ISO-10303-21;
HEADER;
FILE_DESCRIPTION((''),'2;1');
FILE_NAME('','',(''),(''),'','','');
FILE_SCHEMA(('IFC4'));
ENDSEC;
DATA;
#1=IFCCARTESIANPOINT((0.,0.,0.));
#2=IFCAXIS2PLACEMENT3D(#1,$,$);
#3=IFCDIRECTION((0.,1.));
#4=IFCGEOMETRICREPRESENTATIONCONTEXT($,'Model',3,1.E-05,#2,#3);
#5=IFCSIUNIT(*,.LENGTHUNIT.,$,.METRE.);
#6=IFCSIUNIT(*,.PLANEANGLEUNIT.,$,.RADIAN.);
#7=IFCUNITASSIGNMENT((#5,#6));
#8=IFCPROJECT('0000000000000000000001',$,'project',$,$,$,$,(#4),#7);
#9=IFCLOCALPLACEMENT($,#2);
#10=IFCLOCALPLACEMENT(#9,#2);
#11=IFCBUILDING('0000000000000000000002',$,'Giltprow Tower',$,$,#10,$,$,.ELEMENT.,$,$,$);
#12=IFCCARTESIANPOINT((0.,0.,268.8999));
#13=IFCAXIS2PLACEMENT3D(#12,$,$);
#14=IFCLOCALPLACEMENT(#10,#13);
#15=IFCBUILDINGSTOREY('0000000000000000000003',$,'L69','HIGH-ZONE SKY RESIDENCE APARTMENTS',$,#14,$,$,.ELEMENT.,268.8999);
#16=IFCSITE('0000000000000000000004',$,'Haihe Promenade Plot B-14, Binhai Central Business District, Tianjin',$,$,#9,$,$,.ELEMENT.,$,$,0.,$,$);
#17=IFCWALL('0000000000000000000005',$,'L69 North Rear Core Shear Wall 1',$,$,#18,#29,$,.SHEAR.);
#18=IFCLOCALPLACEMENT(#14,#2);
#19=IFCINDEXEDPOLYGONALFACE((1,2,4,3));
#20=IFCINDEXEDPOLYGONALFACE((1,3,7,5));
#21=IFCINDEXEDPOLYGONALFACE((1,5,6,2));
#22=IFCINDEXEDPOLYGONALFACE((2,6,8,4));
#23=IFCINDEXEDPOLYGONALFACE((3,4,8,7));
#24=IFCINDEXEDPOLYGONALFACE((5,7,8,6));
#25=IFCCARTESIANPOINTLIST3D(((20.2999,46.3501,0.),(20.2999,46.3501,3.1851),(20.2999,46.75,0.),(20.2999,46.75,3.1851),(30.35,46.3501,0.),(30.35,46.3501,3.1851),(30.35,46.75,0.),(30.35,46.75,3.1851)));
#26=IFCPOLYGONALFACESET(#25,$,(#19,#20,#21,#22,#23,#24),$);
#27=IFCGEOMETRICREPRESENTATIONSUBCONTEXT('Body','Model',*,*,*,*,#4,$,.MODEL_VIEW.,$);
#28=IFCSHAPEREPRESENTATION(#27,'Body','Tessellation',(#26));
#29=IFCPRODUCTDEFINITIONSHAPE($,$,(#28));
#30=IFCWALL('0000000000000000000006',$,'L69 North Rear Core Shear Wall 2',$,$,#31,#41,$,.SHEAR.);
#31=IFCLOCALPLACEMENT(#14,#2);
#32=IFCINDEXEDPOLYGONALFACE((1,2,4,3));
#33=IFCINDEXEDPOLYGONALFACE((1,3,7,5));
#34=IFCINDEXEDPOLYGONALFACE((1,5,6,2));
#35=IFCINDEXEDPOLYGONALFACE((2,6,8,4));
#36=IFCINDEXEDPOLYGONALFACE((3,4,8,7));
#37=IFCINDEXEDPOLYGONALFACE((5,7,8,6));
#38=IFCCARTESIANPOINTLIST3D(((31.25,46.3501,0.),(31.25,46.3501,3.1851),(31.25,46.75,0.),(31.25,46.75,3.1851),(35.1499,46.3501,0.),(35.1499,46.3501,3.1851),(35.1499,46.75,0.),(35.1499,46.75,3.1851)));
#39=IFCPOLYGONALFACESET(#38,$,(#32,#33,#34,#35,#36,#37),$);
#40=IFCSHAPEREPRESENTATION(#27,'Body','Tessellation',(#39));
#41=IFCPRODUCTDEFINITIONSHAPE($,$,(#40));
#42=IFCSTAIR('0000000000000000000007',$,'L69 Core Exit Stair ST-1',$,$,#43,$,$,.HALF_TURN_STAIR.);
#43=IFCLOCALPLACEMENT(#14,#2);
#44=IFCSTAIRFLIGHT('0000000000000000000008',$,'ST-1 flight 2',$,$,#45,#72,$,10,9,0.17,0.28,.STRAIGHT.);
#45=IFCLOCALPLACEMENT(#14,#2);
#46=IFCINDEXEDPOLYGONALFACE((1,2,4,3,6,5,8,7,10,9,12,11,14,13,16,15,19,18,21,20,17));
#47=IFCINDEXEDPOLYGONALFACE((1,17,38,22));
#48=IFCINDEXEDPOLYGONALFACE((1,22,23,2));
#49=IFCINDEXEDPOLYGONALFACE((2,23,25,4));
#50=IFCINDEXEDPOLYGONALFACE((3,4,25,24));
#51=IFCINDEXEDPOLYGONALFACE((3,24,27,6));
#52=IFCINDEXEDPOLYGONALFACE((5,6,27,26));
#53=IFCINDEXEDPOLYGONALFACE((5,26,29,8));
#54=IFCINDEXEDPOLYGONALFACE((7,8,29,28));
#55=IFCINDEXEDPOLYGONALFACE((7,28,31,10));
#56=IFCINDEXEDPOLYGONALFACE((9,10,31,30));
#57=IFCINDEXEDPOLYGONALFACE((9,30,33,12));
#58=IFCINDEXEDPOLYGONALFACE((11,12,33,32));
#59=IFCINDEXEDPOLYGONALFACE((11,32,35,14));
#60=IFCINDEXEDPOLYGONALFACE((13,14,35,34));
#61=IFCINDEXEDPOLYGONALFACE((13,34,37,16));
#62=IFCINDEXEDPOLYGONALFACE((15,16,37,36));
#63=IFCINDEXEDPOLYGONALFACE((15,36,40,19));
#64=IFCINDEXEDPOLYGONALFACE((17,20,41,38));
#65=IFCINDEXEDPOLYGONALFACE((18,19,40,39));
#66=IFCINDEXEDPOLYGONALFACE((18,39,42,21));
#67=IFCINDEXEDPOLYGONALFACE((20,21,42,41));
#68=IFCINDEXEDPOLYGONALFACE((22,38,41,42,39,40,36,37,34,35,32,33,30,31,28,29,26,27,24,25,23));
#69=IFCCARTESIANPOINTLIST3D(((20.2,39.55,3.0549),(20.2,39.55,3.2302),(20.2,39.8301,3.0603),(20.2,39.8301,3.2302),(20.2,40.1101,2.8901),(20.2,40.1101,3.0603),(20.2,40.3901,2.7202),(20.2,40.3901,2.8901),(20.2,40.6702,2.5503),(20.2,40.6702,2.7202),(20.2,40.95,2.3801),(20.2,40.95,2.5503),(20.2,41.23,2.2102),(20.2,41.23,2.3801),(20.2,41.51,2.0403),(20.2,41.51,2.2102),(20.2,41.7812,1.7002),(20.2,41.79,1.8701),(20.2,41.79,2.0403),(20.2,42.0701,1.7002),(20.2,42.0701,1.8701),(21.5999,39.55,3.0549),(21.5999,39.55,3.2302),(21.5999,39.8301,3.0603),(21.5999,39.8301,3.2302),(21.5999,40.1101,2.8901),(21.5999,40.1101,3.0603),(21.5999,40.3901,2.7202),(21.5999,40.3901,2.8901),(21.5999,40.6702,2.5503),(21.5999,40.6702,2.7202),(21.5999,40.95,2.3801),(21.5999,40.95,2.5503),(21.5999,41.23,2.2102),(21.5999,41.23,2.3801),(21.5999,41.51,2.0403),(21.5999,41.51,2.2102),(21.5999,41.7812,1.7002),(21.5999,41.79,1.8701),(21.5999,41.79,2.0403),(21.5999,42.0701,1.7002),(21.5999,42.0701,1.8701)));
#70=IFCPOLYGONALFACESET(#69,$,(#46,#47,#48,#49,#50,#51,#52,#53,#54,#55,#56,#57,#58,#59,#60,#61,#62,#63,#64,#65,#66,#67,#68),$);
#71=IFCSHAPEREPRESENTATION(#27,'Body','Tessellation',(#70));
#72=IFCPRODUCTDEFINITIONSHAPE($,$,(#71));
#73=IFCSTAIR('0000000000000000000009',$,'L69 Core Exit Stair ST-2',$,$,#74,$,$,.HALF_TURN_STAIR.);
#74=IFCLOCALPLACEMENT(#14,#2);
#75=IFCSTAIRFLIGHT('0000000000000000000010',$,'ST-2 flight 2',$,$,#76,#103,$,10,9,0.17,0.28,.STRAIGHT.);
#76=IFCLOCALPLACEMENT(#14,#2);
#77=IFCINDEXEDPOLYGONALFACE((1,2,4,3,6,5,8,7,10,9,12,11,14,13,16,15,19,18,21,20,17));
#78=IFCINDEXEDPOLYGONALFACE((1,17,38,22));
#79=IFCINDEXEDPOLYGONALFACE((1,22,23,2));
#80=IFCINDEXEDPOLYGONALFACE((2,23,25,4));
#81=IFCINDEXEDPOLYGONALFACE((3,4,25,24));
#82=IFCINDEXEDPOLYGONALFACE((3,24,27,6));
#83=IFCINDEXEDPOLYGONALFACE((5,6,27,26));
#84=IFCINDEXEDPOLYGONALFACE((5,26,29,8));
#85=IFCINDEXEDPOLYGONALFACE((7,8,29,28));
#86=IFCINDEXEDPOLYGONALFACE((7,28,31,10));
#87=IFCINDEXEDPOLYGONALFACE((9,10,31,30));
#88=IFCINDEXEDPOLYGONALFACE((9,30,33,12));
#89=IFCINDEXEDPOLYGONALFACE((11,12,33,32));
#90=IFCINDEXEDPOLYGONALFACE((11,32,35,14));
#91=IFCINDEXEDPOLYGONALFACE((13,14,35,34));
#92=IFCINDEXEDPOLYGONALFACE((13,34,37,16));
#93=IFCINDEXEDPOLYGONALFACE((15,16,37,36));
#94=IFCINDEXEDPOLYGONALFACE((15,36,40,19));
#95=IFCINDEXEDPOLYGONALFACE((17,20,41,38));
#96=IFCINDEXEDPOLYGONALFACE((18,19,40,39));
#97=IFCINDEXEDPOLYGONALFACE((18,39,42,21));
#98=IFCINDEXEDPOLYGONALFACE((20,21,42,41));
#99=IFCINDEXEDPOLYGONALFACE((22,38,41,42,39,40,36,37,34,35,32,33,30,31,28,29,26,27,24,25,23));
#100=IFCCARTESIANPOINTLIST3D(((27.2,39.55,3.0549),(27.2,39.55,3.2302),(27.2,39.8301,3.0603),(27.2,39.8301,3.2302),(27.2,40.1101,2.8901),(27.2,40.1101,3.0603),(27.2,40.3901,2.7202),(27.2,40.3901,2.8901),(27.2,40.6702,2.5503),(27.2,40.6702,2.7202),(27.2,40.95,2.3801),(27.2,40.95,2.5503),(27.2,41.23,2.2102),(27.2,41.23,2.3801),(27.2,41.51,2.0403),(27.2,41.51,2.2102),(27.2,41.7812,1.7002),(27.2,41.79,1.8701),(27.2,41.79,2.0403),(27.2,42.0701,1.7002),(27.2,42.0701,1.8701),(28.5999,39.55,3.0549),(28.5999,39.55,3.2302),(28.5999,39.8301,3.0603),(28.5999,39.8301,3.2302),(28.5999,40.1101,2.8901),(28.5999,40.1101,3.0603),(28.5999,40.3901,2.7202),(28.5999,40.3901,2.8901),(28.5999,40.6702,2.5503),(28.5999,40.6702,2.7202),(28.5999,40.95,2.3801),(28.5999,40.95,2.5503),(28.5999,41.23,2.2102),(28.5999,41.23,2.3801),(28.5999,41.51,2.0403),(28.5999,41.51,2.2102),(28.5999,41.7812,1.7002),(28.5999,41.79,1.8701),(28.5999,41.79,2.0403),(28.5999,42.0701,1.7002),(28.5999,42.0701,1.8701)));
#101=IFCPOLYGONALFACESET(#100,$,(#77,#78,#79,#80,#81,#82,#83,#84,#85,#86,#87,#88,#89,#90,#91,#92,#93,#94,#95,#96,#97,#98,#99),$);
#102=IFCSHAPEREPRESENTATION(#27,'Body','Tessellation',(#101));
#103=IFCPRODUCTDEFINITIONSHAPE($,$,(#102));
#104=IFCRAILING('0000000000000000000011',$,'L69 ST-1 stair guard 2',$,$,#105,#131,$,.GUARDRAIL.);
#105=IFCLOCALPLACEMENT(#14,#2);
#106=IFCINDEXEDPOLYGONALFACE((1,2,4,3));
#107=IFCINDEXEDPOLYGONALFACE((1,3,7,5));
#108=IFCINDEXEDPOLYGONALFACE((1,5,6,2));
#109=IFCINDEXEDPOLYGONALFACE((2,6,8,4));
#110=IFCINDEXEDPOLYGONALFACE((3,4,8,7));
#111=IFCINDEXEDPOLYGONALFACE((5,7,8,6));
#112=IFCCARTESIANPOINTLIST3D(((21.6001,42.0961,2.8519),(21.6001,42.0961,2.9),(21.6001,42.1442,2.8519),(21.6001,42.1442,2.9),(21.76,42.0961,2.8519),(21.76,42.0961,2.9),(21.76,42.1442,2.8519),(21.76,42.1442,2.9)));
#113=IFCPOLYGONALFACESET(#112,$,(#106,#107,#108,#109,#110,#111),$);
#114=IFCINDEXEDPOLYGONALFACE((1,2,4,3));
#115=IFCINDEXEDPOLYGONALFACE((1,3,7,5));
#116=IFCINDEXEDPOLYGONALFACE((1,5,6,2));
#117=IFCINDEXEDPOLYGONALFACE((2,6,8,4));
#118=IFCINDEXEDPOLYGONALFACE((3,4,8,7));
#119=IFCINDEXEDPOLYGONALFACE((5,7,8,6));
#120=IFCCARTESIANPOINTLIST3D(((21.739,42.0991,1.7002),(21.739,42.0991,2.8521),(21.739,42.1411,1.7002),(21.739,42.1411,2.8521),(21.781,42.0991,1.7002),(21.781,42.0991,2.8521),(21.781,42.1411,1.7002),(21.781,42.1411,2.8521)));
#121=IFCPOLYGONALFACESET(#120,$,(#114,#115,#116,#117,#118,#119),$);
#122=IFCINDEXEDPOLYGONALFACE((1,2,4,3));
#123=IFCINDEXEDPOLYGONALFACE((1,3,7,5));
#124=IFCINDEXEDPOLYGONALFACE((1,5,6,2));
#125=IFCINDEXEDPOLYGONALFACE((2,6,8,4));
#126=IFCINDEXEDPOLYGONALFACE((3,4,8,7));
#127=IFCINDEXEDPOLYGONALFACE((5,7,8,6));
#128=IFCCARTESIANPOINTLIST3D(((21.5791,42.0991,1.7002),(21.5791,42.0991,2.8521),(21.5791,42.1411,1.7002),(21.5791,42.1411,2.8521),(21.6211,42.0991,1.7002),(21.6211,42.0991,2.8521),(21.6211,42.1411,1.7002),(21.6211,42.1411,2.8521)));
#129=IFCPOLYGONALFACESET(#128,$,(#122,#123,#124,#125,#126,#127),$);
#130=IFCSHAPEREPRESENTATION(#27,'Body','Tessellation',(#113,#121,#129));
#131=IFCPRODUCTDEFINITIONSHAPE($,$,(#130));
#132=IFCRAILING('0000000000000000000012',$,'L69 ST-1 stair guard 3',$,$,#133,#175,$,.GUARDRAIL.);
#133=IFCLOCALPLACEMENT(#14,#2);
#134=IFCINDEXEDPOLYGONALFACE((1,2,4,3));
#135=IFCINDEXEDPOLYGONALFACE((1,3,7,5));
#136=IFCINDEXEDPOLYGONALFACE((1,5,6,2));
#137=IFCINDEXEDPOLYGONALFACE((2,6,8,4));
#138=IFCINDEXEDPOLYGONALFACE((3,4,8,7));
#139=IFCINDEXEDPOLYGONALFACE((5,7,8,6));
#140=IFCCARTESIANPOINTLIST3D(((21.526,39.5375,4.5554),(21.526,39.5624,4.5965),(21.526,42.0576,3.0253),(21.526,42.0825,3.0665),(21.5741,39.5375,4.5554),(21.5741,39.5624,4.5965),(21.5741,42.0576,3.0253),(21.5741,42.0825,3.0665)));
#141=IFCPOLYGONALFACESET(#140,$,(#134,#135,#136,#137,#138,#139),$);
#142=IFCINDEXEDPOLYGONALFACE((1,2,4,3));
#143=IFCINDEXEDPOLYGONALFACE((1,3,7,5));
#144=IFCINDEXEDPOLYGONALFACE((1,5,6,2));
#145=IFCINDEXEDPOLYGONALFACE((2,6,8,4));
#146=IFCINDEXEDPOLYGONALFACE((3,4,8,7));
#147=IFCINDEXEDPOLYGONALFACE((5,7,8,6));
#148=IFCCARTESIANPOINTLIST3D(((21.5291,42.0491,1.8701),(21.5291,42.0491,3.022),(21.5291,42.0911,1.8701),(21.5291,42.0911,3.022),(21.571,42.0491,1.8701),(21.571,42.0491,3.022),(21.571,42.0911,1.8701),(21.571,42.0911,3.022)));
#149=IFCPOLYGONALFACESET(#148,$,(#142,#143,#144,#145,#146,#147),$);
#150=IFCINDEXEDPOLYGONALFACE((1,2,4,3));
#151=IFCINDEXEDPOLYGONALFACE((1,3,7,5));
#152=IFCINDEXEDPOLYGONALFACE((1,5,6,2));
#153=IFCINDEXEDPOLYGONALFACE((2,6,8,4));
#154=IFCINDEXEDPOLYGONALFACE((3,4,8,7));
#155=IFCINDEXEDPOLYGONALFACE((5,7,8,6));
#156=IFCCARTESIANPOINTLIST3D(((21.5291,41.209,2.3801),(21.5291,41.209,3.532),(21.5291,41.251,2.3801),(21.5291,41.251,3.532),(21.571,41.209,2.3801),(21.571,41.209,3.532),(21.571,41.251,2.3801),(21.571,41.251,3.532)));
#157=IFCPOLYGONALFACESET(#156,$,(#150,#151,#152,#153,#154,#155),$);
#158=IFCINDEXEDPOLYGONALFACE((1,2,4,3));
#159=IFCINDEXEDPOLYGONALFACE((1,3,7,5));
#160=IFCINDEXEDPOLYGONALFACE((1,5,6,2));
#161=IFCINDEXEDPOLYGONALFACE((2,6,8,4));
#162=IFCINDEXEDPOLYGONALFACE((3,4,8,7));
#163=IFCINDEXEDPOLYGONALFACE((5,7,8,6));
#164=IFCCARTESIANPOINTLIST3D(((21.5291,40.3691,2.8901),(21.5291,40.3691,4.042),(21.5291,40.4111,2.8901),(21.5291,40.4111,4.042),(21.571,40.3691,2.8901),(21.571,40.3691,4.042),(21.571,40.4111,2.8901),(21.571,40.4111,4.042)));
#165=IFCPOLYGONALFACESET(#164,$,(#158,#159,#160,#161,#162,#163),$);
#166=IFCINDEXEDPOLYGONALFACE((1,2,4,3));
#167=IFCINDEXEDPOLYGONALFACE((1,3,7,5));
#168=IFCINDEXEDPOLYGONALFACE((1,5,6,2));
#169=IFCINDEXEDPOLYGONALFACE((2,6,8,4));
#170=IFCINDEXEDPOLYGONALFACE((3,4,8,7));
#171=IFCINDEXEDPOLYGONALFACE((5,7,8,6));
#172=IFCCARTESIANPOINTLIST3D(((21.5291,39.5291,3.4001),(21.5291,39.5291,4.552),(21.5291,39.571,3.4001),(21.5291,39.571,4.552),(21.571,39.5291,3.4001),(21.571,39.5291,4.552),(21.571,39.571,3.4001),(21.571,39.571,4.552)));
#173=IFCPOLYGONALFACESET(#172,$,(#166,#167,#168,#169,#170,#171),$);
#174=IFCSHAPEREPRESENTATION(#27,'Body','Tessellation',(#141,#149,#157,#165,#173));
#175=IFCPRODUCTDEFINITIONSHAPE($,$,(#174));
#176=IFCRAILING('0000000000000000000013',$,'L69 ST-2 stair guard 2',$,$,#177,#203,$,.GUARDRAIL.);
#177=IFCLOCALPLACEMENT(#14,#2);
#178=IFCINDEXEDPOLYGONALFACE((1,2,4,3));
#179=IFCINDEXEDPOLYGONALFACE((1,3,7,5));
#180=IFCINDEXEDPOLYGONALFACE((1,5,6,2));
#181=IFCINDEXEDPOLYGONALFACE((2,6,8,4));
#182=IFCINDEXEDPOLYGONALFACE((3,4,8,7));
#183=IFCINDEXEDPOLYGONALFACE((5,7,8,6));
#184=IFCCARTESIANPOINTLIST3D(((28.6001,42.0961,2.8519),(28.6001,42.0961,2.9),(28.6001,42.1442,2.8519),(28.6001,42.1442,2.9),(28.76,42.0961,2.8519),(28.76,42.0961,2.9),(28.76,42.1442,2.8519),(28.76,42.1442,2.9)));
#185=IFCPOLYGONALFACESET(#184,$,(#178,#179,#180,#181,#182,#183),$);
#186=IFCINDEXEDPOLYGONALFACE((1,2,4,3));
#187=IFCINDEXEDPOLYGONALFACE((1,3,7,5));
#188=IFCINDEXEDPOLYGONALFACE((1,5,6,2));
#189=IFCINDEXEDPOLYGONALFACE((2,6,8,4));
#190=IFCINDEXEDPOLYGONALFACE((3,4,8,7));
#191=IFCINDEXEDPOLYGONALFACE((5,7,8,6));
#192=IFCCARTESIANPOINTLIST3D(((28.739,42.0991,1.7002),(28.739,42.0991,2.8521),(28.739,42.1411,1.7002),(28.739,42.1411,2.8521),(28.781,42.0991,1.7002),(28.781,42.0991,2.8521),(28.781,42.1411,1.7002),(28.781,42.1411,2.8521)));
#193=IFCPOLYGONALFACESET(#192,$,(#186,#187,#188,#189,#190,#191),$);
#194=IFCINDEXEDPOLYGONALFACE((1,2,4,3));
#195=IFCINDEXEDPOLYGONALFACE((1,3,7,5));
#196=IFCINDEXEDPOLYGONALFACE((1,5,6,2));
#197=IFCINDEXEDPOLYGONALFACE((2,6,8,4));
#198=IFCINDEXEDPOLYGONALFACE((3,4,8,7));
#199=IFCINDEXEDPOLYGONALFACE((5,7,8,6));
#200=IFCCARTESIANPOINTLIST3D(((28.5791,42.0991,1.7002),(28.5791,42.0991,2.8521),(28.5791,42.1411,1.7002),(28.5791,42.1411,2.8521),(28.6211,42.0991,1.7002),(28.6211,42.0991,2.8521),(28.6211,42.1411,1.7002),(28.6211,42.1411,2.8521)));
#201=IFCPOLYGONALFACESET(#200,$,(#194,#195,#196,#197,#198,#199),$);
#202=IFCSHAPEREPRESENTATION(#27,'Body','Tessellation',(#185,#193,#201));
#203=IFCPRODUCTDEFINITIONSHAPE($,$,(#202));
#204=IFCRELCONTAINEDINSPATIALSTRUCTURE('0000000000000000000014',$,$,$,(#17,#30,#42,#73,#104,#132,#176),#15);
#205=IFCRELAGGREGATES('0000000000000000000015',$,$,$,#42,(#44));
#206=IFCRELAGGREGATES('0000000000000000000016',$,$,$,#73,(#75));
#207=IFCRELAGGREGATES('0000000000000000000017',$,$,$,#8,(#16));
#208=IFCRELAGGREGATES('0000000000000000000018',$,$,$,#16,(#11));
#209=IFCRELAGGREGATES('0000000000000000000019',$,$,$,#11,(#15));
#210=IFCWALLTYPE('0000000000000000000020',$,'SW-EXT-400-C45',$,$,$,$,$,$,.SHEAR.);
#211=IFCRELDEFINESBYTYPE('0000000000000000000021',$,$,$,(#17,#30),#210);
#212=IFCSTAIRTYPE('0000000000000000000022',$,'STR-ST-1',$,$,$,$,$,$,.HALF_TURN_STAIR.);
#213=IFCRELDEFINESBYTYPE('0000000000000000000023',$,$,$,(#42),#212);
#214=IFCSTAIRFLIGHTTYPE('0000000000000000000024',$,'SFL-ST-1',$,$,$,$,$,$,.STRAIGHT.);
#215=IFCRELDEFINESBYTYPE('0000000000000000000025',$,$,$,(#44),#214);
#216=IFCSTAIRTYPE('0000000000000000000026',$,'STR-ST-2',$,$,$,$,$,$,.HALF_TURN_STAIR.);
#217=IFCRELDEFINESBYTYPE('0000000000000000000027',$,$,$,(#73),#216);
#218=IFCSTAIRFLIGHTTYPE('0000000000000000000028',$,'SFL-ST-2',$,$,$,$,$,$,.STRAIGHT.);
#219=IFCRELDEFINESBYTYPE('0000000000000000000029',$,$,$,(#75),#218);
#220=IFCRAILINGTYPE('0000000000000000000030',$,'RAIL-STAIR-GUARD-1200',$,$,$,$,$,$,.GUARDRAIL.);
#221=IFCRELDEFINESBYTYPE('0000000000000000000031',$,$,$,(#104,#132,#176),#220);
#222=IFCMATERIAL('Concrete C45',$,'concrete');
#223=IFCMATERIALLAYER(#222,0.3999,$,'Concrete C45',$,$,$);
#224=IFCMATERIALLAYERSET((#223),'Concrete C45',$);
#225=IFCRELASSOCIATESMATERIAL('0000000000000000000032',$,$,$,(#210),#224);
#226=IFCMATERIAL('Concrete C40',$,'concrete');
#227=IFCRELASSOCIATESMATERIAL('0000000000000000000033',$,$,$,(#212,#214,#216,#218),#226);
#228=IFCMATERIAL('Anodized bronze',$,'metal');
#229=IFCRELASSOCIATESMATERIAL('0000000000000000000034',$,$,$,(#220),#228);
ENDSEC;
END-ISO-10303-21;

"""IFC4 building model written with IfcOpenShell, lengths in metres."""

from ifc_helpers import new_model, si_unit, direction, frame, frame_2d, origin, origin_2d, place, context, subcontext, project, spatial, polyline, rectangle, outline, extrude, material, layer, layer_set, type_object, element, aggregate, save


model = new_model("IFC4")

# Units and contexts
model_context = context("Model", 3, precision=1e-05, world=origin(), true_north=direction((0.0, 1.0)))
body_context = subcontext(model_context, "Body", "Model", "MODEL_VIEW")
ifc_project = project(units=[si_unit("LENGTHUNIT", "METRE"), si_unit("PLANEANGLEUNIT", "RADIAN")], contexts=[model_context])

# Site, building, storey
site_placement = place(None, origin())
site = spatial("IfcSite", under=ifc_project, at=site_placement, Name="Haihe Promenade Plot B-14, Binhai Central Business District, Tianjin", CompositionType="ELEMENT", RefElevation=0.0)
building_placement = place(site_placement, origin())
building = spatial("IfcBuilding", under=site, at=building_placement, Name="Giltprow Tower", CompositionType="ELEMENT")
storey_placement = place(building_placement, frame((0.0, 0.0, 268.8999)))
storey = spatial("IfcBuildingStorey", under=building, at=storey_placement, Name="L69", Description="HIGH-ZONE SKY RESIDENCE APARTMENTS", CompositionType="ELEMENT", Elevation=268.8999)

# Shared definitions
ifc_material_1 = material(Name="Concrete C45", Category="concrete")

# Shared definitions
ifc_material_2 = material(Name="Concrete C40", Category="concrete")

# Walls
ifc_layer_1 = layer(ifc_material_1, 0.3999, Name="Concrete C45")
ifc_layer_set_1 = layer_set([ifc_layer_1], Name="Concrete C45")
wall_type_1 = type_object("IfcWallType", Name="SW-EXT-400-C45", PredefinedType="SHEAR", material=ifc_layer_set_1)
wall_1_placement = place(storey_placement, frame((20.3, 46.55, 0.0), z_axis=(0.0, 0.0, 1.0), x_axis=(1.0, 0.0, 0.0)))
element("IfcWall", 1, at=wall_1_placement, inside=storey, type_object=wall_type_1, Name="L69 North Rear Core Shear Wall 1", PredefinedType="SHEAR", context=body_context, shape_type="SweptSolid", body=[
    extrude(rectangle(XDim=10.05, YDim=0.3999, at=frame_2d((5.0249, 0.0))), origin(), (0.0, 0.0, 1.0), 3.1851),
])
wall_2_placement = place(storey_placement, frame((31.25, 46.55, 0.0), z_axis=(0.0, 0.0, 1.0), x_axis=(1.0, 0.0, 0.0)))
element("IfcWall", 2, at=wall_2_placement, inside=storey, type_object=wall_type_1, Name="L69 North Rear Core Shear Wall 2", PredefinedType="SHEAR", context=body_context, shape_type="SweptSolid", body=[
    extrude(rectangle(XDim=3.8999, YDim=0.3999, at=frame_2d((1.95, 0.0))), origin(), (0.0, 0.0, 1.0), 3.1851),
])

# Stairs, stair flights
stair_type_1 = type_object("IfcStairType", Name="STR-ST-1", PredefinedType="HALF_TURN_STAIR", material=ifc_material_2)
stair_1_placement = place(storey_placement, origin())
stair_1 = element("IfcStair", 3, at=stair_1_placement, inside=storey, type_object=stair_type_1, Name="L69 Core Exit Stair ST-1", PredefinedType="HALF_TURN_STAIR")
stair_flight_type_1 = type_object("IfcStairFlightType", Name="SFL-ST-1", PredefinedType="STRAIGHT", material=ifc_material_2)
stair_flight_1_placement = place(storey_placement, frame((20.8999, 42.0701, 1.7002), z_axis=(0.0, 0.0, 1.0), x_axis=(0.0, -1.0, 0.0)))
stair_flight_1 = element("IfcStairFlight", 4, at=stair_flight_1_placement, type_object=stair_flight_type_1, Name="ST-1 flight 2", NumberOfRisers=10, NumberOfTreads=9, PredefinedType="STRAIGHT", RiserHeight=0.17, TreadLength=0.28, context=body_context, shape_type="SweptSolid", body=[
    extrude(outline(polyline([(0.0, 0.0), (0.0, 0.1699), (0.28, 0.1699), (0.28, 0.3401), (0.5601, 0.3401), (0.5601, 0.51), (0.8401, 0.51), (0.8401, 0.6799), (1.1201, 0.6799), (1.1201, 0.8501), (1.3999, 0.8501), (1.3999, 1.02), (1.6799, 1.02), (1.6799, 1.1899), (1.96, 1.1899), (1.96, 1.3601), (2.24, 1.3601), (2.24, 1.53), (2.52, 1.53), (2.52, 1.7), (2.52, 1.3547), (0.2888, 0.0), (0.0, 0.0)])), frame((0.0, 0.7, 0.0), z_axis=(0.0, -1.0, 0.0), x_axis=(1.0, 0.0, 0.0)), (0.0, 0.0, 1.0), 1.3999),
])
aggregate(stair_1, [stair_flight_1])
stair_type_2 = type_object("IfcStairType", Name="STR-ST-2", PredefinedType="HALF_TURN_STAIR", material=ifc_material_2)
stair_2_placement = place(storey_placement, origin())
stair_2 = element("IfcStair", 5, at=stair_2_placement, inside=storey, type_object=stair_type_2, Name="L69 Core Exit Stair ST-2", PredefinedType="HALF_TURN_STAIR")
stair_flight_type_2 = type_object("IfcStairFlightType", Name="SFL-ST-2", PredefinedType="STRAIGHT", material=ifc_material_2)
stair_flight_2_placement = place(storey_placement, frame((27.8999, 42.0701, 1.7002), z_axis=(0.0, 0.0, 1.0), x_axis=(0.0, -1.0, 0.0)))
stair_flight_2 = element("IfcStairFlight", 6, at=stair_flight_2_placement, type_object=stair_flight_type_2, Name="ST-2 flight 2", NumberOfRisers=10, NumberOfTreads=9, PredefinedType="STRAIGHT", RiserHeight=0.17, TreadLength=0.28, context=body_context, shape_type="SweptSolid", body=[
    extrude(outline(polyline([(0.0, 0.0), (0.0, 0.1699), (0.28, 0.1699), (0.28, 0.3401), (0.5601, 0.3401), (0.5601, 0.51), (0.8401, 0.51), (0.8401, 0.6799), (1.1201, 0.6799), (1.1201, 0.8501), (1.3999, 0.8501), (1.3999, 1.02), (1.6799, 1.02), (1.6799, 1.1899), (1.96, 1.1899), (1.96, 1.3601), (2.24, 1.3601), (2.24, 1.53), (2.52, 1.53), (2.52, 1.7), (2.52, 1.3547), (0.2888, 0.0), (0.0, 0.0)])), frame((0.0, 0.7, 0.0), z_axis=(0.0, -1.0, 0.0), x_axis=(1.0, 0.0, 0.0)), (0.0, 0.0, 1.0), 1.3999),
])
aggregate(stair_2, [stair_flight_2])

# Railings
ifc_material_3 = material(Name="Anodized bronze", Category="metal")
railing_type_1 = type_object("IfcRailingType", Name="RAIL-STAIR-GUARD-1200", PredefinedType="GUARDRAIL", material=ifc_material_3)
railing_1_placement = place(storey_placement, frame((21.76, 42.1201, 1.7002)))
element("IfcRailing", 7, at=railing_1_placement, inside=storey, type_object=railing_type_1, Name="L69 ST-1 stair guard 2", PredefinedType="GUARDRAIL", context=body_context, shape_type="SweptSolid", body=[
    extrude(rectangle(XDim=0.0481, YDim=0.0481, at=origin_2d()), frame((0.0, 0.0, 1.1758), z_axis=(-1.0, 0.0, 0.0), x_axis=(0.0, -1.0, 0.0)), (0.0, 0.0, 1.0), 0.1599),
    extrude(rectangle(XDim=0.042, YDim=0.042, at=origin_2d()), origin(), (0.0, 0.0, 1.0), 1.1519),
    extrude(rectangle(XDim=0.042, YDim=0.042, at=origin_2d()), frame((-0.1599, 0.0, 0.0)), (0.0, 0.0, 1.0), 1.1519),
])
railing_2_placement = place(storey_placement, frame((21.55, 42.0701, 1.8701)))
element("IfcRailing", 8, at=railing_2_placement, inside=storey, type_object=railing_type_1, Name="L69 ST-1 stair guard 3", PredefinedType="GUARDRAIL", context=body_context, shape_type="SweptSolid", body=[
    extrude(rectangle(XDim=0.0481, YDim=0.0481, at=origin_2d()), frame((0.0, 0.0, 1.1758), z_axis=(0.0, -0.854785, 0.518982), x_axis=(1.0, 0.0, 0.0)), (0.0, 0.0, 1.0), 2.9482),
    extrude(rectangle(XDim=0.042, YDim=0.042, at=origin_2d()), origin(), (0.0, 0.0, 1.0), 1.1519),
    extrude(rectangle(XDim=0.042, YDim=0.042, at=origin_2d()), frame((0.0, -0.8401, 0.51)), (0.0, 0.0, 1.0), 1.1519),
    extrude(rectangle(XDim=0.042, YDim=0.042, at=origin_2d()), frame((0.0, -1.6799, 1.02)), (0.0, 0.0, 1.0), 1.1519),
    extrude(rectangle(XDim=0.042, YDim=0.042, at=origin_2d()), frame((0.0, -2.52, 1.53)), (0.0, 0.0, 1.0), 1.1519),
])
railing_3_placement = place(storey_placement, frame((28.76, 42.1201, 1.7002)))
element("IfcRailing", 9, at=railing_3_placement, inside=storey, type_object=railing_type_1, Name="L69 ST-2 stair guard 2", PredefinedType="GUARDRAIL", context=body_context, shape_type="SweptSolid", body=[
    extrude(rectangle(XDim=0.0481, YDim=0.0481, at=origin_2d()), frame((0.0, 0.0, 1.1758), z_axis=(-1.0, 0.0, 0.0), x_axis=(0.0, -1.0, 0.0)), (0.0, 0.0, 1.0), 0.1599),
    extrude(rectangle(XDim=0.042, YDim=0.042, at=origin_2d()), origin(), (0.0, 0.0, 1.0), 1.1519),
    extrude(rectangle(XDim=0.042, YDim=0.042, at=origin_2d()), frame((-0.1599, 0.0, 0.0)), (0.0, 0.0, 1.0), 1.1519),
])

save(model, "model.ifc")
